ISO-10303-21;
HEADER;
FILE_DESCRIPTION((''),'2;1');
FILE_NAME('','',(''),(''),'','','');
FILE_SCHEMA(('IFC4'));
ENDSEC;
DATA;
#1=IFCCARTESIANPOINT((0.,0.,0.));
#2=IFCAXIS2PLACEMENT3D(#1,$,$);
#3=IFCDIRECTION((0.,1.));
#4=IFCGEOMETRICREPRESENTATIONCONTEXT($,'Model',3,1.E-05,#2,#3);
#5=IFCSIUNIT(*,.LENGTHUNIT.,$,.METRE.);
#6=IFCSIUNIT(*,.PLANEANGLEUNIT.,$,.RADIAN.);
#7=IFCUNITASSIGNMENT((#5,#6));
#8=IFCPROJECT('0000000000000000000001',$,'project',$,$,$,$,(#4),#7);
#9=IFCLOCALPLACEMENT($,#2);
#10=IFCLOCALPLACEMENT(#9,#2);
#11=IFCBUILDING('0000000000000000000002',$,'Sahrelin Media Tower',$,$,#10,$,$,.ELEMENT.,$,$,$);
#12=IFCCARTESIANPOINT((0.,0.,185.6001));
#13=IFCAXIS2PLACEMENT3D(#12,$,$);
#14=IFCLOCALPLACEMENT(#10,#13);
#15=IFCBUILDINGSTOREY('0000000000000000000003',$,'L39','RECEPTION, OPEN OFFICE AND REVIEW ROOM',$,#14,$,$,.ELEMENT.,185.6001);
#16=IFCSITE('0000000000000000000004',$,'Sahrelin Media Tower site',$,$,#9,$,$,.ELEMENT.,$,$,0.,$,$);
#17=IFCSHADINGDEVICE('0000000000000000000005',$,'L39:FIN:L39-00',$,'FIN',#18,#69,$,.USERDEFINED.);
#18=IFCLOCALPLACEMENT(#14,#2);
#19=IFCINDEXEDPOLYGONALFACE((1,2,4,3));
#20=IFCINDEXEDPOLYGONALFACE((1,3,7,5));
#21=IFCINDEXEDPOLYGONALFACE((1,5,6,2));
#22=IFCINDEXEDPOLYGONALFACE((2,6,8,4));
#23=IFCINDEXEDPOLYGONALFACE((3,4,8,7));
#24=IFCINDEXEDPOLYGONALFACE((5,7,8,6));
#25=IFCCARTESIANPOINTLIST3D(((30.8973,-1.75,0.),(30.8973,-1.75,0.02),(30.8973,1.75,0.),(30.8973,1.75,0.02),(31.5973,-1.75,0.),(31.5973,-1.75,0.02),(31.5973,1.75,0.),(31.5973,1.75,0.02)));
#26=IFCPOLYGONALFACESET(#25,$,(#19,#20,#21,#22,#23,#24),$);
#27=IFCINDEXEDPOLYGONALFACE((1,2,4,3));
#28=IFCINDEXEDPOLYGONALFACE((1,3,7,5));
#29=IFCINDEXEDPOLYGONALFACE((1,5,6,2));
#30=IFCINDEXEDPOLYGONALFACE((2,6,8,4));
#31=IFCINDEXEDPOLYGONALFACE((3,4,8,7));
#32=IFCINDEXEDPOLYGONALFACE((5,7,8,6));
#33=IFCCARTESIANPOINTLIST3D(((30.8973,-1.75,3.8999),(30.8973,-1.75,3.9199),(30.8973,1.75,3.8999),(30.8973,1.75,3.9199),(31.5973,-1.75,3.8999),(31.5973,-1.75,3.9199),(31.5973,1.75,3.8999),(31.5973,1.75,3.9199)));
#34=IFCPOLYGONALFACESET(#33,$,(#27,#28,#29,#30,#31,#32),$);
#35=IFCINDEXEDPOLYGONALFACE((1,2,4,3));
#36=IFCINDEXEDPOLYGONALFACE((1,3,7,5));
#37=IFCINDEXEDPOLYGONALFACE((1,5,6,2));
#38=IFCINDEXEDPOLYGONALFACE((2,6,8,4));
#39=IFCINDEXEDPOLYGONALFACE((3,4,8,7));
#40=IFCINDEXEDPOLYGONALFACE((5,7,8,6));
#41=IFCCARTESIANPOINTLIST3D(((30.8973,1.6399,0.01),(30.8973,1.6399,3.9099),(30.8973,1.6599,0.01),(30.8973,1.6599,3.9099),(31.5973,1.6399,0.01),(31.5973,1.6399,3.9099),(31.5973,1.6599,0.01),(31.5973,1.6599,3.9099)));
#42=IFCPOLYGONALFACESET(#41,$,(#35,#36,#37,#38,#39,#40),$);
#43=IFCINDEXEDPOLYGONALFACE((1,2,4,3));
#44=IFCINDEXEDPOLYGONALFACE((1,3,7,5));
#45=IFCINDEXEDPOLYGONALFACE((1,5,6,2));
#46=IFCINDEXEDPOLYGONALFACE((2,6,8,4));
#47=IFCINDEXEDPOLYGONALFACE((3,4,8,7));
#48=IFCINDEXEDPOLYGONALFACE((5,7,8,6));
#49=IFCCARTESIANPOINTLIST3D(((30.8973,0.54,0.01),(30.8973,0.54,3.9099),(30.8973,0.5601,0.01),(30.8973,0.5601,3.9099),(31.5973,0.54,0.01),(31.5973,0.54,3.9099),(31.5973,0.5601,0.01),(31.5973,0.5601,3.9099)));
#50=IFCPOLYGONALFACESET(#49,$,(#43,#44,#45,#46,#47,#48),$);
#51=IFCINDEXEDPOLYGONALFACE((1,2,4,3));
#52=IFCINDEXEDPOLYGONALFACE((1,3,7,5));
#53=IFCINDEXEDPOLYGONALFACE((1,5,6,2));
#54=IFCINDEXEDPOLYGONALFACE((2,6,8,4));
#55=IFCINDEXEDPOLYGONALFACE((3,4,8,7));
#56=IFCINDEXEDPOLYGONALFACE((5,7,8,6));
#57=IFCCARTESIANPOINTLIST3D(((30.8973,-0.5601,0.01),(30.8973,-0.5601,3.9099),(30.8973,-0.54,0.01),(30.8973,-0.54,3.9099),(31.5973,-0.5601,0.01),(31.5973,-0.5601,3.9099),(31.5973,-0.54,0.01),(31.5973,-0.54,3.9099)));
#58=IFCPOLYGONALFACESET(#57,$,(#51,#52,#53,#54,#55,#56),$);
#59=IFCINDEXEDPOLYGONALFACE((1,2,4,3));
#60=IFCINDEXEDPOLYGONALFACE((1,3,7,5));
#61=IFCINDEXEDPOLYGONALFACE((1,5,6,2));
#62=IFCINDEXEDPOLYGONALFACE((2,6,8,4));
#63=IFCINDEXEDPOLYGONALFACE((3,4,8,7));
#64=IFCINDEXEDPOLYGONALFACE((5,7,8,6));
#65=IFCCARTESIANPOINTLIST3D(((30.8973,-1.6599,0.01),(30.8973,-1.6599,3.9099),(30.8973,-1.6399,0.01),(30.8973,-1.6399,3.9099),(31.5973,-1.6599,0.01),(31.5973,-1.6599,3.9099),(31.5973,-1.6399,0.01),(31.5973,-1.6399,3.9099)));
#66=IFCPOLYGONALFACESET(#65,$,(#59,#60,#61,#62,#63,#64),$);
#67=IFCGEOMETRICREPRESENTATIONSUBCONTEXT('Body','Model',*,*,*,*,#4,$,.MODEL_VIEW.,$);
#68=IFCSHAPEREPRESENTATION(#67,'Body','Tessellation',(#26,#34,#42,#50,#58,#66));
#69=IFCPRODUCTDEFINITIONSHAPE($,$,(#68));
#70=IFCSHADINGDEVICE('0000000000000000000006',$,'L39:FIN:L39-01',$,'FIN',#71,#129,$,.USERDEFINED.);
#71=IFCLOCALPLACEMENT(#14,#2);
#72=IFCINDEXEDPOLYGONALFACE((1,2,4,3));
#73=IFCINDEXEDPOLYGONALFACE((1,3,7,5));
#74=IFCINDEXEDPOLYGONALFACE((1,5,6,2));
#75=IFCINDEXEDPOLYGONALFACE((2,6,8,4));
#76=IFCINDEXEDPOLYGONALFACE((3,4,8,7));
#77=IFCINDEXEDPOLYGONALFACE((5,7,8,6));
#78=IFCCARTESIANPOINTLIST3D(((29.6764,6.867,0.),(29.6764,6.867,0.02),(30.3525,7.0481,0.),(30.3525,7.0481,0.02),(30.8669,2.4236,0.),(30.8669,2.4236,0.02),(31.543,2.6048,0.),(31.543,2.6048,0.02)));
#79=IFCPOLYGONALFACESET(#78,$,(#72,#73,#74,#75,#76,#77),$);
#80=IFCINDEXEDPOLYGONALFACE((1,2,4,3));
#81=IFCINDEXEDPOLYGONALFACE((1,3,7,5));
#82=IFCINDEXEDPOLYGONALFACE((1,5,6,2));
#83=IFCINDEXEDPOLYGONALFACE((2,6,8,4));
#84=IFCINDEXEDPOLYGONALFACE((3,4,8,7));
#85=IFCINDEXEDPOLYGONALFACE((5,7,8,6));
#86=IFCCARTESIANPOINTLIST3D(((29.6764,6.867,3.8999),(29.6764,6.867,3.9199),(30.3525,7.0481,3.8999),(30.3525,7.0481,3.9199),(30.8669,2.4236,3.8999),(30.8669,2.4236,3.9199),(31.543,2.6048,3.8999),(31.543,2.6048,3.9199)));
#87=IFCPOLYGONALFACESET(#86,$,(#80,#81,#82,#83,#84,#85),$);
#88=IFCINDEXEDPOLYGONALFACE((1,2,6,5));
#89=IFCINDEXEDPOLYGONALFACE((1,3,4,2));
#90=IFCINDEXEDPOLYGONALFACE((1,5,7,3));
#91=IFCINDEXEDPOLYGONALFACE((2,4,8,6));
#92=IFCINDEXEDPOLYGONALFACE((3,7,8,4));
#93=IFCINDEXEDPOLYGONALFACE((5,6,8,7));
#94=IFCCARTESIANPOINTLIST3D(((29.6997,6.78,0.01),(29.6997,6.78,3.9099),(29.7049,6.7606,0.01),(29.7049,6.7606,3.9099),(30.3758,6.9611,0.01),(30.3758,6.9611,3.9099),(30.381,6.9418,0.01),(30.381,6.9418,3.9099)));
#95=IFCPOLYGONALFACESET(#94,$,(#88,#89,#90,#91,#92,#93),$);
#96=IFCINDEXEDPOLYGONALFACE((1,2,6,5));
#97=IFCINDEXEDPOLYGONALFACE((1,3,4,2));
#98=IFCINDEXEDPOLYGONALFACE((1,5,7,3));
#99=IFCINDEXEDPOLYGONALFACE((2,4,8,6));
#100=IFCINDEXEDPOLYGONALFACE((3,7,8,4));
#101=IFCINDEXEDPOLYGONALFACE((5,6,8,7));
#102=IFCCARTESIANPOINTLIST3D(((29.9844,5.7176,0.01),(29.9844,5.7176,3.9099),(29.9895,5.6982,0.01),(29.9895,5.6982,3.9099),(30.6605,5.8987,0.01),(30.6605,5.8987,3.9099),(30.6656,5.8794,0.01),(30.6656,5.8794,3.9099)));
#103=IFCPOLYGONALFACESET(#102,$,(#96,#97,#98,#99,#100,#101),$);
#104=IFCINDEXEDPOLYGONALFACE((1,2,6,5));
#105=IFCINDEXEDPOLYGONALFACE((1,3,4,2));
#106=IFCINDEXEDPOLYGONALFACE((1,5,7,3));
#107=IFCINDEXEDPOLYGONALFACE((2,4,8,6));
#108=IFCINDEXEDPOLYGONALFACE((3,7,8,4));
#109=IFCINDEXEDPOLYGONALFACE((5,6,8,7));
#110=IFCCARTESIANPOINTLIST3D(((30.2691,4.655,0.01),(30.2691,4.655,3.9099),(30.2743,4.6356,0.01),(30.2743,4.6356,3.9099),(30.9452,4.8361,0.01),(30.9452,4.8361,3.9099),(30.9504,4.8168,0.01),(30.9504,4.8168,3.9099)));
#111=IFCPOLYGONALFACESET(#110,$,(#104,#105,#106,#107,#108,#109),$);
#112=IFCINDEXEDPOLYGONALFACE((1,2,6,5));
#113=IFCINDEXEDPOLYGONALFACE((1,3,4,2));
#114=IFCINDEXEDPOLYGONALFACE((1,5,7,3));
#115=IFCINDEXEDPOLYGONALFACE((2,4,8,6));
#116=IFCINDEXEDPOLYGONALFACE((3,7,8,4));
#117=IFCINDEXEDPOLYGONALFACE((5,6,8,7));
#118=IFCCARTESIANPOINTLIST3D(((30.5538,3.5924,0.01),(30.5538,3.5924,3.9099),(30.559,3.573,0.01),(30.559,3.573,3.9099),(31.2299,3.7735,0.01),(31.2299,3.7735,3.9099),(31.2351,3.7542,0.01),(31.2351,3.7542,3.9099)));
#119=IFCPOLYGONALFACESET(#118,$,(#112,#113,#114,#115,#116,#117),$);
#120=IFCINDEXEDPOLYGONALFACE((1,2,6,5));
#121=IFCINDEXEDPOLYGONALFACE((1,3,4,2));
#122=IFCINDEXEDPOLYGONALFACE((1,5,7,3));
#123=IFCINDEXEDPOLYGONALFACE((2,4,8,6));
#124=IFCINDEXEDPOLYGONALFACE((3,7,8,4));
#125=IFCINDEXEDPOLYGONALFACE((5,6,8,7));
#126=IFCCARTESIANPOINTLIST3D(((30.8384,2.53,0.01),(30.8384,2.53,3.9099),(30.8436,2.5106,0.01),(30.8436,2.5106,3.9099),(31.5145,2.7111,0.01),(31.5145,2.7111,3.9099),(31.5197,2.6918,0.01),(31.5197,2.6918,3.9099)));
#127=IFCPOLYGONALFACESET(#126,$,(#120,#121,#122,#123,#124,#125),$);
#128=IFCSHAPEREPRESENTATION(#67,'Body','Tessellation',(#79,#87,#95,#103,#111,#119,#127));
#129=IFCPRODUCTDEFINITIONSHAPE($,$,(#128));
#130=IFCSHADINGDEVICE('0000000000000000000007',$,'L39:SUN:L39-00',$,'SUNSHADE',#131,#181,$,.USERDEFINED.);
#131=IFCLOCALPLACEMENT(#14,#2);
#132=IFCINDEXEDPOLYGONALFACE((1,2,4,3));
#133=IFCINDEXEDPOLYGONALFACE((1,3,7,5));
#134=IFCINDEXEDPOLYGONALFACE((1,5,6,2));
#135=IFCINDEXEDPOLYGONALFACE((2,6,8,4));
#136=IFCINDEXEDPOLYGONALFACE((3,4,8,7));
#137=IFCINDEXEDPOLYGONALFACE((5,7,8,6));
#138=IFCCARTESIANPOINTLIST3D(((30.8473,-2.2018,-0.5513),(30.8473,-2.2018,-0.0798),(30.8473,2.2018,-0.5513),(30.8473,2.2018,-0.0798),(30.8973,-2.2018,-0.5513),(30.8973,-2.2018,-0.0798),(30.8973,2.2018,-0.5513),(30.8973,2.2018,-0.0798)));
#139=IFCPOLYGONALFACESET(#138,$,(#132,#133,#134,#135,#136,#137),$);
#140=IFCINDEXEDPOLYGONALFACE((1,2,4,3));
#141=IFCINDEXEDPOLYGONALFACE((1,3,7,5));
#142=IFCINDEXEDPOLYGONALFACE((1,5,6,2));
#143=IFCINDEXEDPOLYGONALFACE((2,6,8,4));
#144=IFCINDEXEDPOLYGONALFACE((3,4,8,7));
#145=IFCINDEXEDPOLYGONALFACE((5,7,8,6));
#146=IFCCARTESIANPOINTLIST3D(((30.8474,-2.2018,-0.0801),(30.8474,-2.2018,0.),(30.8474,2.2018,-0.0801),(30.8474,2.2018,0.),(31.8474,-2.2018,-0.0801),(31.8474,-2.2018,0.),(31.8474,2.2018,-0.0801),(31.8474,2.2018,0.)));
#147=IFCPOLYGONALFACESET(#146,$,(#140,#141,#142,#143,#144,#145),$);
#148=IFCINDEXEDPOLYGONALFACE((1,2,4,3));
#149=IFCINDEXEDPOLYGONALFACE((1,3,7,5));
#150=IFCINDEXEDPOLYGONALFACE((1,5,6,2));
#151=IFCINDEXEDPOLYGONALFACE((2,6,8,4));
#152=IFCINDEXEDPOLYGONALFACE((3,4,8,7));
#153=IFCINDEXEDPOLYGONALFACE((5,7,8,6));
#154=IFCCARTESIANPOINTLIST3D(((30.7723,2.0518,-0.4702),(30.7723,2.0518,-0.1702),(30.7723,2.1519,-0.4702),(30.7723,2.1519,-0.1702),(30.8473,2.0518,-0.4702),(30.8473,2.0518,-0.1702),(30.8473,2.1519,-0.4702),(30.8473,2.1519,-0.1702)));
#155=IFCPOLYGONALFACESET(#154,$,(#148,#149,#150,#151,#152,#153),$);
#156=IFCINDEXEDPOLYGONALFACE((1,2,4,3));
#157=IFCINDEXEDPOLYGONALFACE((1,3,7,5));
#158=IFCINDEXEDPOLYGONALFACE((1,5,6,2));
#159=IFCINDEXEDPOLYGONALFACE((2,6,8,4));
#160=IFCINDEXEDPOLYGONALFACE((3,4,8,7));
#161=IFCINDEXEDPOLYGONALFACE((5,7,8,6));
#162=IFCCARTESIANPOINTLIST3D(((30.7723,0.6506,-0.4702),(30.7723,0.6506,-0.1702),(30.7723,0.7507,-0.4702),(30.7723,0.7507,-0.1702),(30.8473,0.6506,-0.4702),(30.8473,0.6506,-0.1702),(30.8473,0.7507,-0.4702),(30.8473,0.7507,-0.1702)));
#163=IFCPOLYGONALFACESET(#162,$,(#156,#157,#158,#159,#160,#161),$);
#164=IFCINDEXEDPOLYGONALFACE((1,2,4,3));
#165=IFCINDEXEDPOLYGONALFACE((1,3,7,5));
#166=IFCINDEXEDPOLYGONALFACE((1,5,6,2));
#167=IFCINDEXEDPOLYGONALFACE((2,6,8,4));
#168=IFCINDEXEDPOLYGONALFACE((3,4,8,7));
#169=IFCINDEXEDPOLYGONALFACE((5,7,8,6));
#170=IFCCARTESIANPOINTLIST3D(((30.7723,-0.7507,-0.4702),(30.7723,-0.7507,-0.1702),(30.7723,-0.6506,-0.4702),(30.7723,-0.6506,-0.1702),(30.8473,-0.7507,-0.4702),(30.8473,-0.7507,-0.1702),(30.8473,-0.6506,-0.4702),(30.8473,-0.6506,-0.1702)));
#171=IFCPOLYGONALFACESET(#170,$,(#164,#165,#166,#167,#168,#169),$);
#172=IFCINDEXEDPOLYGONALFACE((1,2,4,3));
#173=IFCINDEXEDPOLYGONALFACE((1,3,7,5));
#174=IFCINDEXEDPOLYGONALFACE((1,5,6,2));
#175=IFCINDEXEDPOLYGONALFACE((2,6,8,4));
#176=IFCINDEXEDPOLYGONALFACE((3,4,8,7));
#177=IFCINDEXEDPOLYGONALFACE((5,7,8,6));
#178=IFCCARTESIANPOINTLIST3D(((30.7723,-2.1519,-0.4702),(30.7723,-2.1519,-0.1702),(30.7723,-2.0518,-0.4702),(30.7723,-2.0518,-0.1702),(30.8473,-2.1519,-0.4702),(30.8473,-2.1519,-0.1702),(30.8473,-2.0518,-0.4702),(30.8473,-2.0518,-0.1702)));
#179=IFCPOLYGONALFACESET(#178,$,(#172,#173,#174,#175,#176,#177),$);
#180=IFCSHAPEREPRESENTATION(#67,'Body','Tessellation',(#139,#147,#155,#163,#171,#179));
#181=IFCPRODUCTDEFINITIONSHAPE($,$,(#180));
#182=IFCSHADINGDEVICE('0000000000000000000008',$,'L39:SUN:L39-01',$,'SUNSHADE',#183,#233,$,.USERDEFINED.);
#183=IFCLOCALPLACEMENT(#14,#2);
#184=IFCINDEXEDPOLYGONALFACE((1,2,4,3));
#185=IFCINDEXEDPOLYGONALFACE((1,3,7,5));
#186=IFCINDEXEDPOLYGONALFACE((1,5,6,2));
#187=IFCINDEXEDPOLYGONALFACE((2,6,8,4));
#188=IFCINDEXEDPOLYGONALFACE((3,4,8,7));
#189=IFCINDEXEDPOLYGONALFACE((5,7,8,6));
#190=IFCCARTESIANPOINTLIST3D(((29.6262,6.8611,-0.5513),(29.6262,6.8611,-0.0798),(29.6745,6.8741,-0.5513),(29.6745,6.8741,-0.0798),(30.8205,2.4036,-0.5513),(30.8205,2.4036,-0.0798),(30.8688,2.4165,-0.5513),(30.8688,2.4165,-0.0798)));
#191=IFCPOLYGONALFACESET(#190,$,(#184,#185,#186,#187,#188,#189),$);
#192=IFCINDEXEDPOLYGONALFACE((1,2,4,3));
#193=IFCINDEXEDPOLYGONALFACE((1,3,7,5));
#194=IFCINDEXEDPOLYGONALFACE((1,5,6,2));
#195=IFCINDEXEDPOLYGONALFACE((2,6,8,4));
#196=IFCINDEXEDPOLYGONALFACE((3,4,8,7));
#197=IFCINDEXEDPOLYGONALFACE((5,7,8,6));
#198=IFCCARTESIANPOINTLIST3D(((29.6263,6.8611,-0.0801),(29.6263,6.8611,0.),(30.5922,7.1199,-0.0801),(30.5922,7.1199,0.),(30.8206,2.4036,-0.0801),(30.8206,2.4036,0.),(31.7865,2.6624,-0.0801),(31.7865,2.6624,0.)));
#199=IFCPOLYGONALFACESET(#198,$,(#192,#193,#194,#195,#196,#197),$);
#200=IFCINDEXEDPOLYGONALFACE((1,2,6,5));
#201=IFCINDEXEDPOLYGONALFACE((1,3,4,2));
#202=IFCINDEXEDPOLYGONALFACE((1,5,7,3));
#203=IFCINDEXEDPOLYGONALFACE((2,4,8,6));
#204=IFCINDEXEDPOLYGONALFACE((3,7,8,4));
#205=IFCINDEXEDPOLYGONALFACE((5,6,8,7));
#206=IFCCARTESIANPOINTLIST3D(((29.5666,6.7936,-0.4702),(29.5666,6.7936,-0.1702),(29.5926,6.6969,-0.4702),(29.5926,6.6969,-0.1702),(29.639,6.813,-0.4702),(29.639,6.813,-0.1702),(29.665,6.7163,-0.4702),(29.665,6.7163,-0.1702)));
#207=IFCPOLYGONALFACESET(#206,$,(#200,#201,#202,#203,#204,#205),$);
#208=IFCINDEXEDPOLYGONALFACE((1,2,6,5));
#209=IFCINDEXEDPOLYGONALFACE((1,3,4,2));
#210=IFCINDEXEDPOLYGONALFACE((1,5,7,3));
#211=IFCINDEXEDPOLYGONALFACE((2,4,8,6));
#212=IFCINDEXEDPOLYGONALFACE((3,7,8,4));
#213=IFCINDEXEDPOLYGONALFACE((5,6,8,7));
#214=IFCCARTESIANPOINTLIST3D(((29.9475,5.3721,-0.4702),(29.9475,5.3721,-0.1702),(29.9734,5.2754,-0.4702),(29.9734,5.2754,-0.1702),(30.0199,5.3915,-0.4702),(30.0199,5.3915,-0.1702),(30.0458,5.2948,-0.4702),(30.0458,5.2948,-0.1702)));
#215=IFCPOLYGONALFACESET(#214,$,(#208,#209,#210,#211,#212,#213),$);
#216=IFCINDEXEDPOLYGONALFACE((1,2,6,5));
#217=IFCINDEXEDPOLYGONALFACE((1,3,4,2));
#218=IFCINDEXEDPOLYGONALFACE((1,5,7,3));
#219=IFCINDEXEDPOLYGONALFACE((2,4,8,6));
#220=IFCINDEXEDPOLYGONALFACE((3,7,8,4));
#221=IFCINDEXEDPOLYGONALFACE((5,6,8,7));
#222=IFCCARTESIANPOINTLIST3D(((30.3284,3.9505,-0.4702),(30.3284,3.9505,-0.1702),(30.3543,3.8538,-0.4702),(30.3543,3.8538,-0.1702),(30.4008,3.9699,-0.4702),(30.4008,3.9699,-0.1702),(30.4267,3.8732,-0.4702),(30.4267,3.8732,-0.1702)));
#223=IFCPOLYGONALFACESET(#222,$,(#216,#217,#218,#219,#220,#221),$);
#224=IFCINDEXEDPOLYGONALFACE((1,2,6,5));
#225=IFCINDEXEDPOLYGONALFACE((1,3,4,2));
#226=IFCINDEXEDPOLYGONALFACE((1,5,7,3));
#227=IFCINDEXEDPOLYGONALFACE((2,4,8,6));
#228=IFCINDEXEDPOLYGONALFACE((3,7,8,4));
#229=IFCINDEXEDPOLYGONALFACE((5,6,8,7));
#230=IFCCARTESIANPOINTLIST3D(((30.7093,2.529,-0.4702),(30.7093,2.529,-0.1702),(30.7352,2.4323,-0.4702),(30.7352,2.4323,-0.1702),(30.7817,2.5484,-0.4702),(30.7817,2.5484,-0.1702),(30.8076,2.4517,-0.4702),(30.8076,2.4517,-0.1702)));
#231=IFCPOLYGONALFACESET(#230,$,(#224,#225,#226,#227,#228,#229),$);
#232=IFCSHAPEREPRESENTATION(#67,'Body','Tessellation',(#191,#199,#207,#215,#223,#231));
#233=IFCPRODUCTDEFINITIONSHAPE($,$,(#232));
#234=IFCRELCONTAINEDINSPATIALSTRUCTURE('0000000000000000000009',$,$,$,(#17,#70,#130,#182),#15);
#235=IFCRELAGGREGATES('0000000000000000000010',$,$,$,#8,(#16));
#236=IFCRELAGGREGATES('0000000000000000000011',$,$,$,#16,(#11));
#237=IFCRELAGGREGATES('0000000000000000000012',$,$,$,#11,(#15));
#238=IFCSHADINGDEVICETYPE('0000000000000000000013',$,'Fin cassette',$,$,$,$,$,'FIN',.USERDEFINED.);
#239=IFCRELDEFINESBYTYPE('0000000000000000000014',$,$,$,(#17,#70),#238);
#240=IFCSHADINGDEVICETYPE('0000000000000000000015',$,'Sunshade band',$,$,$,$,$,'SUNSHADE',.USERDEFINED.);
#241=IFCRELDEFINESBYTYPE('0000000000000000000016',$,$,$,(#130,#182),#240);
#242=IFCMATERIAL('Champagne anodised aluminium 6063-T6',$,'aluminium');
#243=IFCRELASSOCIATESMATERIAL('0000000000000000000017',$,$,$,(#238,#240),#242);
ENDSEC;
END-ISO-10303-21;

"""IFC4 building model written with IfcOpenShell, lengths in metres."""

from ifc_helpers import new_model, si_unit, direction, frame, origin, origin_2d, place, context, subcontext, project, spatial, rectangle, extrude, material, type_object, element, save


model = new_model("IFC4")

# Units and contexts
model_context = context("Model", 3, precision=1e-05, world=origin(), true_north=direction((0.0, 1.0)))
body_context = subcontext(model_context, "Body", "Model", "MODEL_VIEW")
ifc_project = project(units=[si_unit("LENGTHUNIT", "METRE"), si_unit("PLANEANGLEUNIT", "RADIAN")], contexts=[model_context])

# Site, building, storey
site_placement = place(None, origin())
site = spatial("IfcSite", under=ifc_project, at=site_placement, Name="Sahrelin Media Tower site", CompositionType="ELEMENT", RefElevation=0.0)
building_placement = place(site_placement, origin())
building = spatial("IfcBuilding", under=site, at=building_placement, Name="Sahrelin Media Tower", CompositionType="ELEMENT")
storey_placement = place(building_placement, frame((0.0, 0.0, 185.6001)))
storey = spatial("IfcBuildingStorey", under=building, at=storey_placement, Name="L39", Description="RECEPTION, OPEN OFFICE AND REVIEW ROOM", CompositionType="ELEMENT", Elevation=185.6001)

# Shared definitions
ifc_material_1 = material(Name="Champagne anodised aluminium 6063-T6", Category="aluminium")

# Shading devices
shading_device_type_1 = type_object("IfcShadingDeviceType", Name="Fin cassette", ElementType="FIN", PredefinedType="USERDEFINED", material=ifc_material_1)
placement_1 = place(storey_placement, frame((30.8274, 0.0, 0.0), z_axis=(0.0, 0.0, 1.0), x_axis=(0.0, -1.0, 0.0)))
element("IfcShadingDevice", 1, at=placement_1, inside=storey, type_object=shading_device_type_1, Name="L39:FIN:L39-00", ObjectType="FIN", PredefinedType="USERDEFINED", context=body_context, shape_type="SweptSolid", body=[
    extrude(rectangle(XDim=3.5, YDim=0.7, at=origin_2d()), frame((0.0, 0.4199, 0.0)), (0.0, 0.0, 1.0), 0.02),
    extrude(rectangle(XDim=3.5, YDim=0.7, at=origin_2d()), frame((0.0, 0.4199, 3.8999)), (0.0, 0.0, 1.0), 0.02),
    extrude(rectangle(XDim=0.02, YDim=0.7, at=origin_2d()), frame((-1.6499, 0.4199, 0.01), z_axis=(0.0, 0.0, 1.0), x_axis=(1.0, 0.0, 0.0)), (0.0, 0.0, 1.0), 3.8999),
    extrude(rectangle(XDim=0.02, YDim=0.7, at=origin_2d()), frame((-0.55, 0.4199, 0.01), z_axis=(0.0, 0.0, 1.0), x_axis=(1.0, 0.0, 0.0)), (0.0, 0.0, 1.0), 3.8999),
    extrude(rectangle(XDim=0.02, YDim=0.7, at=origin_2d()), frame((0.55, 0.4199, 0.01), z_axis=(0.0, 0.0, 1.0), x_axis=(1.0, 0.0, 0.0)), (0.0, 0.0, 1.0), 3.8999),
    extrude(rectangle(XDim=0.02, YDim=0.7, at=origin_2d()), frame((1.6499, 0.4199, 0.01), z_axis=(0.0, 0.0, 1.0), x_axis=(1.0, 0.0, 0.0)), (0.0, 0.0, 1.0), 3.8999),
])
placement_2 = place(storey_placement, frame((30.2041, 4.6272, 0.0), z_axis=(0.0, 0.0, 1.0), x_axis=(0.258808, -0.965929, 0.0)))
element("IfcShadingDevice", 2, at=placement_2, inside=storey, type_object=shading_device_type_1, Name="L39:FIN:L39-01", ObjectType="FIN", PredefinedType="USERDEFINED", context=body_context, shape_type="SweptSolid", body=[
    extrude(rectangle(XDim=4.6001, YDim=0.7, at=origin_2d()), frame((0.0, 0.4199, 0.0)), (0.0, 0.0, 1.0), 0.02),
    extrude(rectangle(XDim=4.6001, YDim=0.7, at=origin_2d()), frame((0.0, 0.4199, 3.8999)), (0.0, 0.0, 1.0), 0.02),
    extrude(rectangle(XDim=0.02, YDim=0.7, at=origin_2d()), frame((-2.2, 0.4199, 0.01), z_axis=(0.0, 0.0, 1.0), x_axis=(1.0, 0.0, 0.0)), (0.0, 0.0, 1.0), 3.8999),
    extrude(rectangle(XDim=0.02, YDim=0.7, at=origin_2d()), frame((-1.1001, 0.4199, 0.01), z_axis=(0.0, 0.0, 1.0), x_axis=(1.0, 0.0, 0.0)), (0.0, 0.0, 1.0), 3.8999),
    extrude(rectangle(XDim=0.02, YDim=0.7, at=origin_2d()), frame((0.0, 0.4199, 0.01), z_axis=(0.0, 0.0, 1.0), x_axis=(1.0, 0.0, 0.0)), (0.0, 0.0, 1.0), 3.8999),
    extrude(rectangle(XDim=0.02, YDim=0.7, at=origin_2d()), frame((1.1001, 0.4199, 0.01), z_axis=(0.0, 0.0, 1.0), x_axis=(1.0, 0.0, 0.0)), (0.0, 0.0, 1.0), 3.8999),
    extrude(rectangle(XDim=0.02, YDim=0.7, at=origin_2d()), frame((2.2, 0.4199, 0.01), z_axis=(0.0, 0.0, 1.0), x_axis=(1.0, 0.0, 0.0)), (0.0, 0.0, 1.0), 3.8999),
])
shading_device_type_2 = type_object("IfcShadingDeviceType", Name="Sunshade band", ElementType="SUNSHADE", PredefinedType="USERDEFINED", material=ifc_material_1)
element("IfcShadingDevice", 3, at=placement_1, inside=storey, type_object=shading_device_type_2, Name="L39:SUN:L39-00", ObjectType="SUNSHADE", PredefinedType="USERDEFINED", context=body_context, shape_type="SweptSolid", body=[
    extrude(rectangle(XDim=4.4036, YDim=0.05, at=origin_2d()), frame((0.0, 0.0449, -0.5513)), (0.0, 0.0, 1.0), 0.4714),
    extrude(rectangle(XDim=4.4036, YDim=1.0, at=origin_2d()), frame((0.0, 0.52, -0.0801)), (0.0, 0.0, 1.0), 0.0801),
    extrude(rectangle(XDim=0.1001, YDim=0.075, at=origin_2d()), frame((-2.1018, -0.0176, -0.4702)), (0.0, 0.0, 1.0), 0.3),
    extrude(rectangle(XDim=0.1001, YDim=0.075, at=origin_2d()), frame((-0.7007, -0.0176, -0.4702)), (0.0, 0.0, 1.0), 0.3),
    extrude(rectangle(XDim=0.1001, YDim=0.075, at=origin_2d()), frame((0.7007, -0.0176, -0.4702)), (0.0, 0.0, 1.0), 0.3),
    extrude(rectangle(XDim=0.1001, YDim=0.075, at=origin_2d()), frame((2.1018, -0.0176, -0.4702)), (0.0, 0.0, 1.0), 0.3),
])
element("IfcShadingDevice", 4, at=placement_2, inside=storey, type_object=shading_device_type_2, Name="L39:SUN:L39-01", ObjectType="SUNSHADE", PredefinedType="USERDEFINED", context=body_context, shape_type="SweptSolid", body=[
    extrude(rectangle(XDim=4.6147, YDim=0.05, at=origin_2d()), frame((0.0, 0.0449, -0.5513)), (0.0, 0.0, 1.0), 0.4714),
    extrude(rectangle(XDim=4.6147, YDim=1.0, at=origin_2d()), frame((0.0, 0.52, -0.0801)), (0.0, 0.0, 1.0), 0.0801),
    extrude(rectangle(XDim=0.1001, YDim=0.075, at=origin_2d()), frame((-2.2075, -0.0176, -0.4702)), (0.0, 0.0, 1.0), 0.3),
    extrude(rectangle(XDim=0.1001, YDim=0.075, at=origin_2d()), frame((-0.7358, -0.0176, -0.4702)), (0.0, 0.0, 1.0), 0.3),
    extrude(rectangle(XDim=0.1001, YDim=0.075, at=origin_2d()), frame((0.7358, -0.0176, -0.4702)), (0.0, 0.0, 1.0), 0.3),
    extrude(rectangle(XDim=0.1001, YDim=0.075, at=origin_2d()), frame((2.2075, -0.0176, -0.4702)), (0.0, 0.0, 1.0), 0.3),
])

save(model, "model.ifc")
